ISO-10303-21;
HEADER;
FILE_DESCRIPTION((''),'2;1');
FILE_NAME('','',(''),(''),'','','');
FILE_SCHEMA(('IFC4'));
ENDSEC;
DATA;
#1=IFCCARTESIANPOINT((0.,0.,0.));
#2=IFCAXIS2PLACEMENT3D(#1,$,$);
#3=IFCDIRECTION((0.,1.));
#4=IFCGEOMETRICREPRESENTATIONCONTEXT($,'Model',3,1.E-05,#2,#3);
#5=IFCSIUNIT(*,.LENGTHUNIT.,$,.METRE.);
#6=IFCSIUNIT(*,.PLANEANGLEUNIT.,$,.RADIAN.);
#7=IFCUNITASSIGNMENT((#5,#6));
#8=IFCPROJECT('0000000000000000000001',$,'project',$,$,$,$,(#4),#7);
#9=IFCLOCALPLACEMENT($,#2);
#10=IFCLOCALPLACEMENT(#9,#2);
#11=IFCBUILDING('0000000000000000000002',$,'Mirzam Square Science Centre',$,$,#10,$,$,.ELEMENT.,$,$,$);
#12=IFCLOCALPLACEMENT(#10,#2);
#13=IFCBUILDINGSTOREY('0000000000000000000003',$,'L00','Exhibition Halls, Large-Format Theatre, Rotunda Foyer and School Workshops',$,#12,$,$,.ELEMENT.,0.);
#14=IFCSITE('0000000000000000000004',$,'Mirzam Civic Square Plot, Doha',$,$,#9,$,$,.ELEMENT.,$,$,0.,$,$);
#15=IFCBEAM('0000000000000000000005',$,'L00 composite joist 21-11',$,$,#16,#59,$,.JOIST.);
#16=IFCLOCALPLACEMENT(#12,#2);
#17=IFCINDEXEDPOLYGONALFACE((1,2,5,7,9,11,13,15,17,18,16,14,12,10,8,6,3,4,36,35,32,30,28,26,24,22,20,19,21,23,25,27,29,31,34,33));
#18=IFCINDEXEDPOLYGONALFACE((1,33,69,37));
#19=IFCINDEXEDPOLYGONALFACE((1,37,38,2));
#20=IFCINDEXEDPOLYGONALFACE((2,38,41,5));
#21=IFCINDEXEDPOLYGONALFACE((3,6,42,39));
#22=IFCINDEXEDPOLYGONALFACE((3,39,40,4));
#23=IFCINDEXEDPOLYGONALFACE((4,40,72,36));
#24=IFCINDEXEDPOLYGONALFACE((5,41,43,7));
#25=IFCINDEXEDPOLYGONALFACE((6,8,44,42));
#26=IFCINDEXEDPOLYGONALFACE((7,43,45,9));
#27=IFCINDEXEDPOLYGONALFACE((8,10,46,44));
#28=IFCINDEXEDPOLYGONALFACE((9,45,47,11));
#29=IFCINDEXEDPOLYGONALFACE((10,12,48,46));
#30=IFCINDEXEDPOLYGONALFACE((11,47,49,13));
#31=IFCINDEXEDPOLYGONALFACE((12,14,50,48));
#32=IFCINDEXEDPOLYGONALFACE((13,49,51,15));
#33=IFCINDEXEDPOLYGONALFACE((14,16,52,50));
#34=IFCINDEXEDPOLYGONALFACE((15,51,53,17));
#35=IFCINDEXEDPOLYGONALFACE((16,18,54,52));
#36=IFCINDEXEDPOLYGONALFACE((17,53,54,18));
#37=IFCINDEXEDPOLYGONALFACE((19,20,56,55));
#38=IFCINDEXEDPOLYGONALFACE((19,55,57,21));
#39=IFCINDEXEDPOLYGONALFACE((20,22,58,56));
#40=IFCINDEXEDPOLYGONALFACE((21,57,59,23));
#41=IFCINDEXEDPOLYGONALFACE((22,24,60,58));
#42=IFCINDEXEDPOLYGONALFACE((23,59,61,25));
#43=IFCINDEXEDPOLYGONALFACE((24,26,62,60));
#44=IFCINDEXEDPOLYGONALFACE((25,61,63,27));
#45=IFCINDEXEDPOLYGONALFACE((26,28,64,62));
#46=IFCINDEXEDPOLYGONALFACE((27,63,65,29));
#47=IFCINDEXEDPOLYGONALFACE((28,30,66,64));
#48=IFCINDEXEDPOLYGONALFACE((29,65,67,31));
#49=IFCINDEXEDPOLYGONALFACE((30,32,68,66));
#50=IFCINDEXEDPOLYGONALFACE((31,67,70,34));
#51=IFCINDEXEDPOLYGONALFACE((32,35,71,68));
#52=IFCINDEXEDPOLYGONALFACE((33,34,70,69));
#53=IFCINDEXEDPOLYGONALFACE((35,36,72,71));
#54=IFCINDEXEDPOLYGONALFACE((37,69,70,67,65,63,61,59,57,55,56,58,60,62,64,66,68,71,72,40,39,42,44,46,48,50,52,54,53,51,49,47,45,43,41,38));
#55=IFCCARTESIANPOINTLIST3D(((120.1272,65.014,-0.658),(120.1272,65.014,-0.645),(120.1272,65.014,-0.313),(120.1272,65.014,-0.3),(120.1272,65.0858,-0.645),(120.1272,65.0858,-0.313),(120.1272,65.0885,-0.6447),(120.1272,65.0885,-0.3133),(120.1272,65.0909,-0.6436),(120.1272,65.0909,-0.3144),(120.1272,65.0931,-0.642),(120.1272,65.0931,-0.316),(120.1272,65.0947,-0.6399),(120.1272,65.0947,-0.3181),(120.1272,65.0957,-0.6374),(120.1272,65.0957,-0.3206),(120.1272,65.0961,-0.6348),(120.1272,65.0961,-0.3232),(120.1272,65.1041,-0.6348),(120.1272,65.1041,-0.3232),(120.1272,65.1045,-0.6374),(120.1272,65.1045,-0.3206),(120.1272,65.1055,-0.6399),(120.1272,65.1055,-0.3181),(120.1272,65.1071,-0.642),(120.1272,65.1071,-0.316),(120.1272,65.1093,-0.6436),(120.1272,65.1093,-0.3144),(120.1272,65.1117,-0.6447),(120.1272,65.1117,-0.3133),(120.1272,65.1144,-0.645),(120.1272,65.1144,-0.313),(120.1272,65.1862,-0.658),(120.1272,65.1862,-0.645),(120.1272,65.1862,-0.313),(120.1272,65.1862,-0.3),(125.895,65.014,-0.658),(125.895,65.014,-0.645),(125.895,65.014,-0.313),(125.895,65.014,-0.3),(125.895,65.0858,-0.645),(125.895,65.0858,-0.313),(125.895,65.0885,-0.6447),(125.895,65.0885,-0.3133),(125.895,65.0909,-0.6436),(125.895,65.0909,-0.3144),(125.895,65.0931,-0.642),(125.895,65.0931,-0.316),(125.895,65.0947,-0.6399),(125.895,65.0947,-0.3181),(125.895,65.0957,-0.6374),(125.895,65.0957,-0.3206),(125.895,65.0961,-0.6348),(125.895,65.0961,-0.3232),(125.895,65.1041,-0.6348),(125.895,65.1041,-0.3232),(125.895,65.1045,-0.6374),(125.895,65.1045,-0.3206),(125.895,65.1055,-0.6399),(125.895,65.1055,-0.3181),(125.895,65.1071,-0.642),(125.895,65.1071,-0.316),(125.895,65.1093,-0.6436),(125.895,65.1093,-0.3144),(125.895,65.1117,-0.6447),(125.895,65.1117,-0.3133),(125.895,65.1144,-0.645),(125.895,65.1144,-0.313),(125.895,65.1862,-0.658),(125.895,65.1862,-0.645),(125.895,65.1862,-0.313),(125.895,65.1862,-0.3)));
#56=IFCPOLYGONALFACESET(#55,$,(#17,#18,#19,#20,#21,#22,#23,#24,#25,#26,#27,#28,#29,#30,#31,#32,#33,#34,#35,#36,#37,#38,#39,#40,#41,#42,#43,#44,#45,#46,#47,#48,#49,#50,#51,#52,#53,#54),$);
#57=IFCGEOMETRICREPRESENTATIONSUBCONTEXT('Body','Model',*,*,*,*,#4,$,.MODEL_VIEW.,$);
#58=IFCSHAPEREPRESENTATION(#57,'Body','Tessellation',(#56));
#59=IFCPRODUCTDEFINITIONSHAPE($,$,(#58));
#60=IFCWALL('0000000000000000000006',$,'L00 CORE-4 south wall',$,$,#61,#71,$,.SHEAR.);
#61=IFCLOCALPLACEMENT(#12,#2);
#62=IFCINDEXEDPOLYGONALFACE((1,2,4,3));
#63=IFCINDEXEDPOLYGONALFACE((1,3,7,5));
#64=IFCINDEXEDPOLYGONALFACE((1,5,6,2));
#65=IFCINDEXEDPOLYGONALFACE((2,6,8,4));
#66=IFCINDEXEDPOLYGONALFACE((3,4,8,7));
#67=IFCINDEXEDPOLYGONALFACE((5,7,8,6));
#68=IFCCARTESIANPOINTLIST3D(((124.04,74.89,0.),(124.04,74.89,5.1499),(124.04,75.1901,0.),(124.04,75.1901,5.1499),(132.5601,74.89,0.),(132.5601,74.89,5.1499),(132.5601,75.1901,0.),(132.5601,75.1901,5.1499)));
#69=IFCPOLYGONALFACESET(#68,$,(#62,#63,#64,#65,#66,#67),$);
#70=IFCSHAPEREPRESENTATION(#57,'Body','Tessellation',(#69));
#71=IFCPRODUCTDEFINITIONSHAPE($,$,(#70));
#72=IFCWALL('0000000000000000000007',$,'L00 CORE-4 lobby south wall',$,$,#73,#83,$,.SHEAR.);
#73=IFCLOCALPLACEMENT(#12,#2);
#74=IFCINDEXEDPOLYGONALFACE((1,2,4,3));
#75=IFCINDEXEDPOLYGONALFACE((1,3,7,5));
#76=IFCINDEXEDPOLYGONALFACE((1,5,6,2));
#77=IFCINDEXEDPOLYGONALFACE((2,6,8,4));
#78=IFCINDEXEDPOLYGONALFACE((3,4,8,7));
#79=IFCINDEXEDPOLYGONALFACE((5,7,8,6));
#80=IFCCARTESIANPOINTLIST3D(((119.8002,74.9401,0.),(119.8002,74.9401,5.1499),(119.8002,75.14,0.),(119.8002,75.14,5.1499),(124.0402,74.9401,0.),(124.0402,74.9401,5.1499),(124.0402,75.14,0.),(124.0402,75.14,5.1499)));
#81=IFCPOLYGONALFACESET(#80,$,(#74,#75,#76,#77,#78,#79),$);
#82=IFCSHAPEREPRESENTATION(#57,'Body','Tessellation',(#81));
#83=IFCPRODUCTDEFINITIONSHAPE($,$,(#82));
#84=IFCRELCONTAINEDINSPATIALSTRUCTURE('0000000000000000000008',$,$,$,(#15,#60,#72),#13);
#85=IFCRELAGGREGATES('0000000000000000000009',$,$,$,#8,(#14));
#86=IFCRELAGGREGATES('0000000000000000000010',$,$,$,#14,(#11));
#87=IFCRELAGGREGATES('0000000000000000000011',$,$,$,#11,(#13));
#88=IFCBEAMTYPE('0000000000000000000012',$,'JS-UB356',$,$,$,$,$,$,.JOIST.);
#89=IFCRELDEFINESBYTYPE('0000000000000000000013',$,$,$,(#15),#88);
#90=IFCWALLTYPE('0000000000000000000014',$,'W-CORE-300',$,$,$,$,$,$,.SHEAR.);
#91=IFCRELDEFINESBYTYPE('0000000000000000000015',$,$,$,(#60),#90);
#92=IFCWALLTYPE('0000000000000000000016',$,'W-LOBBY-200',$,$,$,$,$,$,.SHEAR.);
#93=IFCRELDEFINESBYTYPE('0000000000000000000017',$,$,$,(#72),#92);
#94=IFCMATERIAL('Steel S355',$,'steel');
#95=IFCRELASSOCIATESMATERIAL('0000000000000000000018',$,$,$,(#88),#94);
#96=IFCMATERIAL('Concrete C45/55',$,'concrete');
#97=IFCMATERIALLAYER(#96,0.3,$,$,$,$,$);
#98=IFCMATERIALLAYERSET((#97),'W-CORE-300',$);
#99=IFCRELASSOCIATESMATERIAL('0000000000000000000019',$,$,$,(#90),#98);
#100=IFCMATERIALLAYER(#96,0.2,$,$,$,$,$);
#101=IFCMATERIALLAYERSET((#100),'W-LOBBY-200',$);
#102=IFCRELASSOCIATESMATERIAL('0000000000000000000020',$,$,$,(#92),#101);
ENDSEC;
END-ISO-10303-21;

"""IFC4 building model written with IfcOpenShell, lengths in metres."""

from ifc_helpers import new_model, si_unit, direction, frame, frame_2d, origin, origin_2d, place, context, subcontext, project, spatial, rectangle, i_section, extrude, material, layer, layer_set, material_profile, profile_set, type_object, element, save


model = new_model("IFC4")

# Units and contexts
model_context = context("Model", 3, precision=1e-05, world=origin(), true_north=direction((0.0, 1.0)))
body_context = subcontext(model_context, "Body", "Model", "MODEL_VIEW")
ifc_project = project(units=[si_unit("LENGTHUNIT", "METRE"), si_unit("PLANEANGLEUNIT", "RADIAN")], contexts=[model_context])

# Site, building, storey
site_placement = place(None, origin())
site = spatial("IfcSite", under=ifc_project, at=site_placement, Name="Mirzam Civic Square Plot, Doha", CompositionType="ELEMENT", RefElevation=0.0)
building_placement = place(site_placement, origin())
building = spatial("IfcBuilding", under=site, at=building_placement, Name="Mirzam Square Science Centre", CompositionType="ELEMENT")
storey_placement = place(building_placement, origin())
storey = spatial("IfcBuildingStorey", under=building, at=storey_placement, Name="L00", Description="Exhibition Halls, Large-Format Theatre, Rotunda Foyer and School Workshops", CompositionType="ELEMENT", Elevation=0.0)

# Shared definitions
ifc_material_1 = material(Name="Steel S355", Category="steel")

# Beam
ifc_material_profile_1 = material_profile(ifc_material_1, i_section(OverallWidth=0.1721, OverallDepth=0.3579, WebThickness=0.0081, FlangeThickness=0.0129, FilletRadius=0.0103, at=origin_2d()), Name="356x171x57UB")
ifc_profile_set_1 = profile_set([ifc_material_profile_1], Name="Steel S355")
beam_type_1 = type_object("IfcBeamType", Name="JS-UB356", PredefinedType="JOIST", material=ifc_profile_set_1)
beam_1_placement = place(storey_placement, frame((120.1272, 65.1001, -0.479), z_axis=(1.0, 0.0, 0.0), x_axis=(0.0, 1.0, 0.0)))
element("IfcBeam", 1, at=beam_1_placement, inside=storey, type_object=beam_type_1, Name="L00 composite joist 21-11", PredefinedType="JOIST", context=body_context, shape_type="SweptSolid", body=[
    extrude(i_section(OverallWidth=0.1721, OverallDepth=0.3579, WebThickness=0.0081, FlangeThickness=0.0129, FilletRadius=0.0103, at=origin_2d()), origin(), (0.0, 0.0, 1.0), 5.7678),
])

# Walls
ifc_material_2 = material(Name="Concrete C45/55", Category="concrete")
ifc_layer_1 = layer(ifc_material_2, 0.3)
ifc_layer_set_1 = layer_set([ifc_layer_1], Name="W-CORE-300")
wall_type_1 = type_object("IfcWallType", Name="W-CORE-300", PredefinedType="SHEAR", material=ifc_layer_set_1)
wall_1_placement = place(storey_placement, frame((124.04, 75.04, 0.0), z_axis=(0.0, 0.0, 1.0), x_axis=(1.0, 0.0, 0.0)))
element("IfcWall", 2, at=wall_1_placement, inside=storey, type_object=wall_type_1, Name="L00 CORE-4 south wall", PredefinedType="SHEAR", context=body_context, shape_type="SweptSolid", body=[
    extrude(rectangle(XDim=8.52, YDim=0.3, at=frame_2d((4.26, 0.0))), origin(), (0.0, 0.0, 1.0), 5.1499),
])
ifc_layer_2 = layer(ifc_material_2, 0.2)
ifc_layer_set_2 = layer_set([ifc_layer_2], Name="W-LOBBY-200")
wall_type_2 = type_object("IfcWallType", Name="W-LOBBY-200", PredefinedType="SHEAR", material=ifc_layer_set_2)
wall_2_placement = place(storey_placement, frame((119.8, 75.04, 0.0), z_axis=(0.0, 0.0, 1.0), x_axis=(1.0, 0.0, 0.0)))
element("IfcWall", 3, at=wall_2_placement, inside=storey, type_object=wall_type_2, Name="L00 CORE-4 lobby south wall", PredefinedType="SHEAR", context=body_context, shape_type="SweptSolid", body=[
    extrude(rectangle(XDim=4.24, YDim=0.2, at=frame_2d((2.1201, 0.0))), origin(), (0.0, 0.0, 1.0), 5.1499),
])

save(model, "model.ifc")
